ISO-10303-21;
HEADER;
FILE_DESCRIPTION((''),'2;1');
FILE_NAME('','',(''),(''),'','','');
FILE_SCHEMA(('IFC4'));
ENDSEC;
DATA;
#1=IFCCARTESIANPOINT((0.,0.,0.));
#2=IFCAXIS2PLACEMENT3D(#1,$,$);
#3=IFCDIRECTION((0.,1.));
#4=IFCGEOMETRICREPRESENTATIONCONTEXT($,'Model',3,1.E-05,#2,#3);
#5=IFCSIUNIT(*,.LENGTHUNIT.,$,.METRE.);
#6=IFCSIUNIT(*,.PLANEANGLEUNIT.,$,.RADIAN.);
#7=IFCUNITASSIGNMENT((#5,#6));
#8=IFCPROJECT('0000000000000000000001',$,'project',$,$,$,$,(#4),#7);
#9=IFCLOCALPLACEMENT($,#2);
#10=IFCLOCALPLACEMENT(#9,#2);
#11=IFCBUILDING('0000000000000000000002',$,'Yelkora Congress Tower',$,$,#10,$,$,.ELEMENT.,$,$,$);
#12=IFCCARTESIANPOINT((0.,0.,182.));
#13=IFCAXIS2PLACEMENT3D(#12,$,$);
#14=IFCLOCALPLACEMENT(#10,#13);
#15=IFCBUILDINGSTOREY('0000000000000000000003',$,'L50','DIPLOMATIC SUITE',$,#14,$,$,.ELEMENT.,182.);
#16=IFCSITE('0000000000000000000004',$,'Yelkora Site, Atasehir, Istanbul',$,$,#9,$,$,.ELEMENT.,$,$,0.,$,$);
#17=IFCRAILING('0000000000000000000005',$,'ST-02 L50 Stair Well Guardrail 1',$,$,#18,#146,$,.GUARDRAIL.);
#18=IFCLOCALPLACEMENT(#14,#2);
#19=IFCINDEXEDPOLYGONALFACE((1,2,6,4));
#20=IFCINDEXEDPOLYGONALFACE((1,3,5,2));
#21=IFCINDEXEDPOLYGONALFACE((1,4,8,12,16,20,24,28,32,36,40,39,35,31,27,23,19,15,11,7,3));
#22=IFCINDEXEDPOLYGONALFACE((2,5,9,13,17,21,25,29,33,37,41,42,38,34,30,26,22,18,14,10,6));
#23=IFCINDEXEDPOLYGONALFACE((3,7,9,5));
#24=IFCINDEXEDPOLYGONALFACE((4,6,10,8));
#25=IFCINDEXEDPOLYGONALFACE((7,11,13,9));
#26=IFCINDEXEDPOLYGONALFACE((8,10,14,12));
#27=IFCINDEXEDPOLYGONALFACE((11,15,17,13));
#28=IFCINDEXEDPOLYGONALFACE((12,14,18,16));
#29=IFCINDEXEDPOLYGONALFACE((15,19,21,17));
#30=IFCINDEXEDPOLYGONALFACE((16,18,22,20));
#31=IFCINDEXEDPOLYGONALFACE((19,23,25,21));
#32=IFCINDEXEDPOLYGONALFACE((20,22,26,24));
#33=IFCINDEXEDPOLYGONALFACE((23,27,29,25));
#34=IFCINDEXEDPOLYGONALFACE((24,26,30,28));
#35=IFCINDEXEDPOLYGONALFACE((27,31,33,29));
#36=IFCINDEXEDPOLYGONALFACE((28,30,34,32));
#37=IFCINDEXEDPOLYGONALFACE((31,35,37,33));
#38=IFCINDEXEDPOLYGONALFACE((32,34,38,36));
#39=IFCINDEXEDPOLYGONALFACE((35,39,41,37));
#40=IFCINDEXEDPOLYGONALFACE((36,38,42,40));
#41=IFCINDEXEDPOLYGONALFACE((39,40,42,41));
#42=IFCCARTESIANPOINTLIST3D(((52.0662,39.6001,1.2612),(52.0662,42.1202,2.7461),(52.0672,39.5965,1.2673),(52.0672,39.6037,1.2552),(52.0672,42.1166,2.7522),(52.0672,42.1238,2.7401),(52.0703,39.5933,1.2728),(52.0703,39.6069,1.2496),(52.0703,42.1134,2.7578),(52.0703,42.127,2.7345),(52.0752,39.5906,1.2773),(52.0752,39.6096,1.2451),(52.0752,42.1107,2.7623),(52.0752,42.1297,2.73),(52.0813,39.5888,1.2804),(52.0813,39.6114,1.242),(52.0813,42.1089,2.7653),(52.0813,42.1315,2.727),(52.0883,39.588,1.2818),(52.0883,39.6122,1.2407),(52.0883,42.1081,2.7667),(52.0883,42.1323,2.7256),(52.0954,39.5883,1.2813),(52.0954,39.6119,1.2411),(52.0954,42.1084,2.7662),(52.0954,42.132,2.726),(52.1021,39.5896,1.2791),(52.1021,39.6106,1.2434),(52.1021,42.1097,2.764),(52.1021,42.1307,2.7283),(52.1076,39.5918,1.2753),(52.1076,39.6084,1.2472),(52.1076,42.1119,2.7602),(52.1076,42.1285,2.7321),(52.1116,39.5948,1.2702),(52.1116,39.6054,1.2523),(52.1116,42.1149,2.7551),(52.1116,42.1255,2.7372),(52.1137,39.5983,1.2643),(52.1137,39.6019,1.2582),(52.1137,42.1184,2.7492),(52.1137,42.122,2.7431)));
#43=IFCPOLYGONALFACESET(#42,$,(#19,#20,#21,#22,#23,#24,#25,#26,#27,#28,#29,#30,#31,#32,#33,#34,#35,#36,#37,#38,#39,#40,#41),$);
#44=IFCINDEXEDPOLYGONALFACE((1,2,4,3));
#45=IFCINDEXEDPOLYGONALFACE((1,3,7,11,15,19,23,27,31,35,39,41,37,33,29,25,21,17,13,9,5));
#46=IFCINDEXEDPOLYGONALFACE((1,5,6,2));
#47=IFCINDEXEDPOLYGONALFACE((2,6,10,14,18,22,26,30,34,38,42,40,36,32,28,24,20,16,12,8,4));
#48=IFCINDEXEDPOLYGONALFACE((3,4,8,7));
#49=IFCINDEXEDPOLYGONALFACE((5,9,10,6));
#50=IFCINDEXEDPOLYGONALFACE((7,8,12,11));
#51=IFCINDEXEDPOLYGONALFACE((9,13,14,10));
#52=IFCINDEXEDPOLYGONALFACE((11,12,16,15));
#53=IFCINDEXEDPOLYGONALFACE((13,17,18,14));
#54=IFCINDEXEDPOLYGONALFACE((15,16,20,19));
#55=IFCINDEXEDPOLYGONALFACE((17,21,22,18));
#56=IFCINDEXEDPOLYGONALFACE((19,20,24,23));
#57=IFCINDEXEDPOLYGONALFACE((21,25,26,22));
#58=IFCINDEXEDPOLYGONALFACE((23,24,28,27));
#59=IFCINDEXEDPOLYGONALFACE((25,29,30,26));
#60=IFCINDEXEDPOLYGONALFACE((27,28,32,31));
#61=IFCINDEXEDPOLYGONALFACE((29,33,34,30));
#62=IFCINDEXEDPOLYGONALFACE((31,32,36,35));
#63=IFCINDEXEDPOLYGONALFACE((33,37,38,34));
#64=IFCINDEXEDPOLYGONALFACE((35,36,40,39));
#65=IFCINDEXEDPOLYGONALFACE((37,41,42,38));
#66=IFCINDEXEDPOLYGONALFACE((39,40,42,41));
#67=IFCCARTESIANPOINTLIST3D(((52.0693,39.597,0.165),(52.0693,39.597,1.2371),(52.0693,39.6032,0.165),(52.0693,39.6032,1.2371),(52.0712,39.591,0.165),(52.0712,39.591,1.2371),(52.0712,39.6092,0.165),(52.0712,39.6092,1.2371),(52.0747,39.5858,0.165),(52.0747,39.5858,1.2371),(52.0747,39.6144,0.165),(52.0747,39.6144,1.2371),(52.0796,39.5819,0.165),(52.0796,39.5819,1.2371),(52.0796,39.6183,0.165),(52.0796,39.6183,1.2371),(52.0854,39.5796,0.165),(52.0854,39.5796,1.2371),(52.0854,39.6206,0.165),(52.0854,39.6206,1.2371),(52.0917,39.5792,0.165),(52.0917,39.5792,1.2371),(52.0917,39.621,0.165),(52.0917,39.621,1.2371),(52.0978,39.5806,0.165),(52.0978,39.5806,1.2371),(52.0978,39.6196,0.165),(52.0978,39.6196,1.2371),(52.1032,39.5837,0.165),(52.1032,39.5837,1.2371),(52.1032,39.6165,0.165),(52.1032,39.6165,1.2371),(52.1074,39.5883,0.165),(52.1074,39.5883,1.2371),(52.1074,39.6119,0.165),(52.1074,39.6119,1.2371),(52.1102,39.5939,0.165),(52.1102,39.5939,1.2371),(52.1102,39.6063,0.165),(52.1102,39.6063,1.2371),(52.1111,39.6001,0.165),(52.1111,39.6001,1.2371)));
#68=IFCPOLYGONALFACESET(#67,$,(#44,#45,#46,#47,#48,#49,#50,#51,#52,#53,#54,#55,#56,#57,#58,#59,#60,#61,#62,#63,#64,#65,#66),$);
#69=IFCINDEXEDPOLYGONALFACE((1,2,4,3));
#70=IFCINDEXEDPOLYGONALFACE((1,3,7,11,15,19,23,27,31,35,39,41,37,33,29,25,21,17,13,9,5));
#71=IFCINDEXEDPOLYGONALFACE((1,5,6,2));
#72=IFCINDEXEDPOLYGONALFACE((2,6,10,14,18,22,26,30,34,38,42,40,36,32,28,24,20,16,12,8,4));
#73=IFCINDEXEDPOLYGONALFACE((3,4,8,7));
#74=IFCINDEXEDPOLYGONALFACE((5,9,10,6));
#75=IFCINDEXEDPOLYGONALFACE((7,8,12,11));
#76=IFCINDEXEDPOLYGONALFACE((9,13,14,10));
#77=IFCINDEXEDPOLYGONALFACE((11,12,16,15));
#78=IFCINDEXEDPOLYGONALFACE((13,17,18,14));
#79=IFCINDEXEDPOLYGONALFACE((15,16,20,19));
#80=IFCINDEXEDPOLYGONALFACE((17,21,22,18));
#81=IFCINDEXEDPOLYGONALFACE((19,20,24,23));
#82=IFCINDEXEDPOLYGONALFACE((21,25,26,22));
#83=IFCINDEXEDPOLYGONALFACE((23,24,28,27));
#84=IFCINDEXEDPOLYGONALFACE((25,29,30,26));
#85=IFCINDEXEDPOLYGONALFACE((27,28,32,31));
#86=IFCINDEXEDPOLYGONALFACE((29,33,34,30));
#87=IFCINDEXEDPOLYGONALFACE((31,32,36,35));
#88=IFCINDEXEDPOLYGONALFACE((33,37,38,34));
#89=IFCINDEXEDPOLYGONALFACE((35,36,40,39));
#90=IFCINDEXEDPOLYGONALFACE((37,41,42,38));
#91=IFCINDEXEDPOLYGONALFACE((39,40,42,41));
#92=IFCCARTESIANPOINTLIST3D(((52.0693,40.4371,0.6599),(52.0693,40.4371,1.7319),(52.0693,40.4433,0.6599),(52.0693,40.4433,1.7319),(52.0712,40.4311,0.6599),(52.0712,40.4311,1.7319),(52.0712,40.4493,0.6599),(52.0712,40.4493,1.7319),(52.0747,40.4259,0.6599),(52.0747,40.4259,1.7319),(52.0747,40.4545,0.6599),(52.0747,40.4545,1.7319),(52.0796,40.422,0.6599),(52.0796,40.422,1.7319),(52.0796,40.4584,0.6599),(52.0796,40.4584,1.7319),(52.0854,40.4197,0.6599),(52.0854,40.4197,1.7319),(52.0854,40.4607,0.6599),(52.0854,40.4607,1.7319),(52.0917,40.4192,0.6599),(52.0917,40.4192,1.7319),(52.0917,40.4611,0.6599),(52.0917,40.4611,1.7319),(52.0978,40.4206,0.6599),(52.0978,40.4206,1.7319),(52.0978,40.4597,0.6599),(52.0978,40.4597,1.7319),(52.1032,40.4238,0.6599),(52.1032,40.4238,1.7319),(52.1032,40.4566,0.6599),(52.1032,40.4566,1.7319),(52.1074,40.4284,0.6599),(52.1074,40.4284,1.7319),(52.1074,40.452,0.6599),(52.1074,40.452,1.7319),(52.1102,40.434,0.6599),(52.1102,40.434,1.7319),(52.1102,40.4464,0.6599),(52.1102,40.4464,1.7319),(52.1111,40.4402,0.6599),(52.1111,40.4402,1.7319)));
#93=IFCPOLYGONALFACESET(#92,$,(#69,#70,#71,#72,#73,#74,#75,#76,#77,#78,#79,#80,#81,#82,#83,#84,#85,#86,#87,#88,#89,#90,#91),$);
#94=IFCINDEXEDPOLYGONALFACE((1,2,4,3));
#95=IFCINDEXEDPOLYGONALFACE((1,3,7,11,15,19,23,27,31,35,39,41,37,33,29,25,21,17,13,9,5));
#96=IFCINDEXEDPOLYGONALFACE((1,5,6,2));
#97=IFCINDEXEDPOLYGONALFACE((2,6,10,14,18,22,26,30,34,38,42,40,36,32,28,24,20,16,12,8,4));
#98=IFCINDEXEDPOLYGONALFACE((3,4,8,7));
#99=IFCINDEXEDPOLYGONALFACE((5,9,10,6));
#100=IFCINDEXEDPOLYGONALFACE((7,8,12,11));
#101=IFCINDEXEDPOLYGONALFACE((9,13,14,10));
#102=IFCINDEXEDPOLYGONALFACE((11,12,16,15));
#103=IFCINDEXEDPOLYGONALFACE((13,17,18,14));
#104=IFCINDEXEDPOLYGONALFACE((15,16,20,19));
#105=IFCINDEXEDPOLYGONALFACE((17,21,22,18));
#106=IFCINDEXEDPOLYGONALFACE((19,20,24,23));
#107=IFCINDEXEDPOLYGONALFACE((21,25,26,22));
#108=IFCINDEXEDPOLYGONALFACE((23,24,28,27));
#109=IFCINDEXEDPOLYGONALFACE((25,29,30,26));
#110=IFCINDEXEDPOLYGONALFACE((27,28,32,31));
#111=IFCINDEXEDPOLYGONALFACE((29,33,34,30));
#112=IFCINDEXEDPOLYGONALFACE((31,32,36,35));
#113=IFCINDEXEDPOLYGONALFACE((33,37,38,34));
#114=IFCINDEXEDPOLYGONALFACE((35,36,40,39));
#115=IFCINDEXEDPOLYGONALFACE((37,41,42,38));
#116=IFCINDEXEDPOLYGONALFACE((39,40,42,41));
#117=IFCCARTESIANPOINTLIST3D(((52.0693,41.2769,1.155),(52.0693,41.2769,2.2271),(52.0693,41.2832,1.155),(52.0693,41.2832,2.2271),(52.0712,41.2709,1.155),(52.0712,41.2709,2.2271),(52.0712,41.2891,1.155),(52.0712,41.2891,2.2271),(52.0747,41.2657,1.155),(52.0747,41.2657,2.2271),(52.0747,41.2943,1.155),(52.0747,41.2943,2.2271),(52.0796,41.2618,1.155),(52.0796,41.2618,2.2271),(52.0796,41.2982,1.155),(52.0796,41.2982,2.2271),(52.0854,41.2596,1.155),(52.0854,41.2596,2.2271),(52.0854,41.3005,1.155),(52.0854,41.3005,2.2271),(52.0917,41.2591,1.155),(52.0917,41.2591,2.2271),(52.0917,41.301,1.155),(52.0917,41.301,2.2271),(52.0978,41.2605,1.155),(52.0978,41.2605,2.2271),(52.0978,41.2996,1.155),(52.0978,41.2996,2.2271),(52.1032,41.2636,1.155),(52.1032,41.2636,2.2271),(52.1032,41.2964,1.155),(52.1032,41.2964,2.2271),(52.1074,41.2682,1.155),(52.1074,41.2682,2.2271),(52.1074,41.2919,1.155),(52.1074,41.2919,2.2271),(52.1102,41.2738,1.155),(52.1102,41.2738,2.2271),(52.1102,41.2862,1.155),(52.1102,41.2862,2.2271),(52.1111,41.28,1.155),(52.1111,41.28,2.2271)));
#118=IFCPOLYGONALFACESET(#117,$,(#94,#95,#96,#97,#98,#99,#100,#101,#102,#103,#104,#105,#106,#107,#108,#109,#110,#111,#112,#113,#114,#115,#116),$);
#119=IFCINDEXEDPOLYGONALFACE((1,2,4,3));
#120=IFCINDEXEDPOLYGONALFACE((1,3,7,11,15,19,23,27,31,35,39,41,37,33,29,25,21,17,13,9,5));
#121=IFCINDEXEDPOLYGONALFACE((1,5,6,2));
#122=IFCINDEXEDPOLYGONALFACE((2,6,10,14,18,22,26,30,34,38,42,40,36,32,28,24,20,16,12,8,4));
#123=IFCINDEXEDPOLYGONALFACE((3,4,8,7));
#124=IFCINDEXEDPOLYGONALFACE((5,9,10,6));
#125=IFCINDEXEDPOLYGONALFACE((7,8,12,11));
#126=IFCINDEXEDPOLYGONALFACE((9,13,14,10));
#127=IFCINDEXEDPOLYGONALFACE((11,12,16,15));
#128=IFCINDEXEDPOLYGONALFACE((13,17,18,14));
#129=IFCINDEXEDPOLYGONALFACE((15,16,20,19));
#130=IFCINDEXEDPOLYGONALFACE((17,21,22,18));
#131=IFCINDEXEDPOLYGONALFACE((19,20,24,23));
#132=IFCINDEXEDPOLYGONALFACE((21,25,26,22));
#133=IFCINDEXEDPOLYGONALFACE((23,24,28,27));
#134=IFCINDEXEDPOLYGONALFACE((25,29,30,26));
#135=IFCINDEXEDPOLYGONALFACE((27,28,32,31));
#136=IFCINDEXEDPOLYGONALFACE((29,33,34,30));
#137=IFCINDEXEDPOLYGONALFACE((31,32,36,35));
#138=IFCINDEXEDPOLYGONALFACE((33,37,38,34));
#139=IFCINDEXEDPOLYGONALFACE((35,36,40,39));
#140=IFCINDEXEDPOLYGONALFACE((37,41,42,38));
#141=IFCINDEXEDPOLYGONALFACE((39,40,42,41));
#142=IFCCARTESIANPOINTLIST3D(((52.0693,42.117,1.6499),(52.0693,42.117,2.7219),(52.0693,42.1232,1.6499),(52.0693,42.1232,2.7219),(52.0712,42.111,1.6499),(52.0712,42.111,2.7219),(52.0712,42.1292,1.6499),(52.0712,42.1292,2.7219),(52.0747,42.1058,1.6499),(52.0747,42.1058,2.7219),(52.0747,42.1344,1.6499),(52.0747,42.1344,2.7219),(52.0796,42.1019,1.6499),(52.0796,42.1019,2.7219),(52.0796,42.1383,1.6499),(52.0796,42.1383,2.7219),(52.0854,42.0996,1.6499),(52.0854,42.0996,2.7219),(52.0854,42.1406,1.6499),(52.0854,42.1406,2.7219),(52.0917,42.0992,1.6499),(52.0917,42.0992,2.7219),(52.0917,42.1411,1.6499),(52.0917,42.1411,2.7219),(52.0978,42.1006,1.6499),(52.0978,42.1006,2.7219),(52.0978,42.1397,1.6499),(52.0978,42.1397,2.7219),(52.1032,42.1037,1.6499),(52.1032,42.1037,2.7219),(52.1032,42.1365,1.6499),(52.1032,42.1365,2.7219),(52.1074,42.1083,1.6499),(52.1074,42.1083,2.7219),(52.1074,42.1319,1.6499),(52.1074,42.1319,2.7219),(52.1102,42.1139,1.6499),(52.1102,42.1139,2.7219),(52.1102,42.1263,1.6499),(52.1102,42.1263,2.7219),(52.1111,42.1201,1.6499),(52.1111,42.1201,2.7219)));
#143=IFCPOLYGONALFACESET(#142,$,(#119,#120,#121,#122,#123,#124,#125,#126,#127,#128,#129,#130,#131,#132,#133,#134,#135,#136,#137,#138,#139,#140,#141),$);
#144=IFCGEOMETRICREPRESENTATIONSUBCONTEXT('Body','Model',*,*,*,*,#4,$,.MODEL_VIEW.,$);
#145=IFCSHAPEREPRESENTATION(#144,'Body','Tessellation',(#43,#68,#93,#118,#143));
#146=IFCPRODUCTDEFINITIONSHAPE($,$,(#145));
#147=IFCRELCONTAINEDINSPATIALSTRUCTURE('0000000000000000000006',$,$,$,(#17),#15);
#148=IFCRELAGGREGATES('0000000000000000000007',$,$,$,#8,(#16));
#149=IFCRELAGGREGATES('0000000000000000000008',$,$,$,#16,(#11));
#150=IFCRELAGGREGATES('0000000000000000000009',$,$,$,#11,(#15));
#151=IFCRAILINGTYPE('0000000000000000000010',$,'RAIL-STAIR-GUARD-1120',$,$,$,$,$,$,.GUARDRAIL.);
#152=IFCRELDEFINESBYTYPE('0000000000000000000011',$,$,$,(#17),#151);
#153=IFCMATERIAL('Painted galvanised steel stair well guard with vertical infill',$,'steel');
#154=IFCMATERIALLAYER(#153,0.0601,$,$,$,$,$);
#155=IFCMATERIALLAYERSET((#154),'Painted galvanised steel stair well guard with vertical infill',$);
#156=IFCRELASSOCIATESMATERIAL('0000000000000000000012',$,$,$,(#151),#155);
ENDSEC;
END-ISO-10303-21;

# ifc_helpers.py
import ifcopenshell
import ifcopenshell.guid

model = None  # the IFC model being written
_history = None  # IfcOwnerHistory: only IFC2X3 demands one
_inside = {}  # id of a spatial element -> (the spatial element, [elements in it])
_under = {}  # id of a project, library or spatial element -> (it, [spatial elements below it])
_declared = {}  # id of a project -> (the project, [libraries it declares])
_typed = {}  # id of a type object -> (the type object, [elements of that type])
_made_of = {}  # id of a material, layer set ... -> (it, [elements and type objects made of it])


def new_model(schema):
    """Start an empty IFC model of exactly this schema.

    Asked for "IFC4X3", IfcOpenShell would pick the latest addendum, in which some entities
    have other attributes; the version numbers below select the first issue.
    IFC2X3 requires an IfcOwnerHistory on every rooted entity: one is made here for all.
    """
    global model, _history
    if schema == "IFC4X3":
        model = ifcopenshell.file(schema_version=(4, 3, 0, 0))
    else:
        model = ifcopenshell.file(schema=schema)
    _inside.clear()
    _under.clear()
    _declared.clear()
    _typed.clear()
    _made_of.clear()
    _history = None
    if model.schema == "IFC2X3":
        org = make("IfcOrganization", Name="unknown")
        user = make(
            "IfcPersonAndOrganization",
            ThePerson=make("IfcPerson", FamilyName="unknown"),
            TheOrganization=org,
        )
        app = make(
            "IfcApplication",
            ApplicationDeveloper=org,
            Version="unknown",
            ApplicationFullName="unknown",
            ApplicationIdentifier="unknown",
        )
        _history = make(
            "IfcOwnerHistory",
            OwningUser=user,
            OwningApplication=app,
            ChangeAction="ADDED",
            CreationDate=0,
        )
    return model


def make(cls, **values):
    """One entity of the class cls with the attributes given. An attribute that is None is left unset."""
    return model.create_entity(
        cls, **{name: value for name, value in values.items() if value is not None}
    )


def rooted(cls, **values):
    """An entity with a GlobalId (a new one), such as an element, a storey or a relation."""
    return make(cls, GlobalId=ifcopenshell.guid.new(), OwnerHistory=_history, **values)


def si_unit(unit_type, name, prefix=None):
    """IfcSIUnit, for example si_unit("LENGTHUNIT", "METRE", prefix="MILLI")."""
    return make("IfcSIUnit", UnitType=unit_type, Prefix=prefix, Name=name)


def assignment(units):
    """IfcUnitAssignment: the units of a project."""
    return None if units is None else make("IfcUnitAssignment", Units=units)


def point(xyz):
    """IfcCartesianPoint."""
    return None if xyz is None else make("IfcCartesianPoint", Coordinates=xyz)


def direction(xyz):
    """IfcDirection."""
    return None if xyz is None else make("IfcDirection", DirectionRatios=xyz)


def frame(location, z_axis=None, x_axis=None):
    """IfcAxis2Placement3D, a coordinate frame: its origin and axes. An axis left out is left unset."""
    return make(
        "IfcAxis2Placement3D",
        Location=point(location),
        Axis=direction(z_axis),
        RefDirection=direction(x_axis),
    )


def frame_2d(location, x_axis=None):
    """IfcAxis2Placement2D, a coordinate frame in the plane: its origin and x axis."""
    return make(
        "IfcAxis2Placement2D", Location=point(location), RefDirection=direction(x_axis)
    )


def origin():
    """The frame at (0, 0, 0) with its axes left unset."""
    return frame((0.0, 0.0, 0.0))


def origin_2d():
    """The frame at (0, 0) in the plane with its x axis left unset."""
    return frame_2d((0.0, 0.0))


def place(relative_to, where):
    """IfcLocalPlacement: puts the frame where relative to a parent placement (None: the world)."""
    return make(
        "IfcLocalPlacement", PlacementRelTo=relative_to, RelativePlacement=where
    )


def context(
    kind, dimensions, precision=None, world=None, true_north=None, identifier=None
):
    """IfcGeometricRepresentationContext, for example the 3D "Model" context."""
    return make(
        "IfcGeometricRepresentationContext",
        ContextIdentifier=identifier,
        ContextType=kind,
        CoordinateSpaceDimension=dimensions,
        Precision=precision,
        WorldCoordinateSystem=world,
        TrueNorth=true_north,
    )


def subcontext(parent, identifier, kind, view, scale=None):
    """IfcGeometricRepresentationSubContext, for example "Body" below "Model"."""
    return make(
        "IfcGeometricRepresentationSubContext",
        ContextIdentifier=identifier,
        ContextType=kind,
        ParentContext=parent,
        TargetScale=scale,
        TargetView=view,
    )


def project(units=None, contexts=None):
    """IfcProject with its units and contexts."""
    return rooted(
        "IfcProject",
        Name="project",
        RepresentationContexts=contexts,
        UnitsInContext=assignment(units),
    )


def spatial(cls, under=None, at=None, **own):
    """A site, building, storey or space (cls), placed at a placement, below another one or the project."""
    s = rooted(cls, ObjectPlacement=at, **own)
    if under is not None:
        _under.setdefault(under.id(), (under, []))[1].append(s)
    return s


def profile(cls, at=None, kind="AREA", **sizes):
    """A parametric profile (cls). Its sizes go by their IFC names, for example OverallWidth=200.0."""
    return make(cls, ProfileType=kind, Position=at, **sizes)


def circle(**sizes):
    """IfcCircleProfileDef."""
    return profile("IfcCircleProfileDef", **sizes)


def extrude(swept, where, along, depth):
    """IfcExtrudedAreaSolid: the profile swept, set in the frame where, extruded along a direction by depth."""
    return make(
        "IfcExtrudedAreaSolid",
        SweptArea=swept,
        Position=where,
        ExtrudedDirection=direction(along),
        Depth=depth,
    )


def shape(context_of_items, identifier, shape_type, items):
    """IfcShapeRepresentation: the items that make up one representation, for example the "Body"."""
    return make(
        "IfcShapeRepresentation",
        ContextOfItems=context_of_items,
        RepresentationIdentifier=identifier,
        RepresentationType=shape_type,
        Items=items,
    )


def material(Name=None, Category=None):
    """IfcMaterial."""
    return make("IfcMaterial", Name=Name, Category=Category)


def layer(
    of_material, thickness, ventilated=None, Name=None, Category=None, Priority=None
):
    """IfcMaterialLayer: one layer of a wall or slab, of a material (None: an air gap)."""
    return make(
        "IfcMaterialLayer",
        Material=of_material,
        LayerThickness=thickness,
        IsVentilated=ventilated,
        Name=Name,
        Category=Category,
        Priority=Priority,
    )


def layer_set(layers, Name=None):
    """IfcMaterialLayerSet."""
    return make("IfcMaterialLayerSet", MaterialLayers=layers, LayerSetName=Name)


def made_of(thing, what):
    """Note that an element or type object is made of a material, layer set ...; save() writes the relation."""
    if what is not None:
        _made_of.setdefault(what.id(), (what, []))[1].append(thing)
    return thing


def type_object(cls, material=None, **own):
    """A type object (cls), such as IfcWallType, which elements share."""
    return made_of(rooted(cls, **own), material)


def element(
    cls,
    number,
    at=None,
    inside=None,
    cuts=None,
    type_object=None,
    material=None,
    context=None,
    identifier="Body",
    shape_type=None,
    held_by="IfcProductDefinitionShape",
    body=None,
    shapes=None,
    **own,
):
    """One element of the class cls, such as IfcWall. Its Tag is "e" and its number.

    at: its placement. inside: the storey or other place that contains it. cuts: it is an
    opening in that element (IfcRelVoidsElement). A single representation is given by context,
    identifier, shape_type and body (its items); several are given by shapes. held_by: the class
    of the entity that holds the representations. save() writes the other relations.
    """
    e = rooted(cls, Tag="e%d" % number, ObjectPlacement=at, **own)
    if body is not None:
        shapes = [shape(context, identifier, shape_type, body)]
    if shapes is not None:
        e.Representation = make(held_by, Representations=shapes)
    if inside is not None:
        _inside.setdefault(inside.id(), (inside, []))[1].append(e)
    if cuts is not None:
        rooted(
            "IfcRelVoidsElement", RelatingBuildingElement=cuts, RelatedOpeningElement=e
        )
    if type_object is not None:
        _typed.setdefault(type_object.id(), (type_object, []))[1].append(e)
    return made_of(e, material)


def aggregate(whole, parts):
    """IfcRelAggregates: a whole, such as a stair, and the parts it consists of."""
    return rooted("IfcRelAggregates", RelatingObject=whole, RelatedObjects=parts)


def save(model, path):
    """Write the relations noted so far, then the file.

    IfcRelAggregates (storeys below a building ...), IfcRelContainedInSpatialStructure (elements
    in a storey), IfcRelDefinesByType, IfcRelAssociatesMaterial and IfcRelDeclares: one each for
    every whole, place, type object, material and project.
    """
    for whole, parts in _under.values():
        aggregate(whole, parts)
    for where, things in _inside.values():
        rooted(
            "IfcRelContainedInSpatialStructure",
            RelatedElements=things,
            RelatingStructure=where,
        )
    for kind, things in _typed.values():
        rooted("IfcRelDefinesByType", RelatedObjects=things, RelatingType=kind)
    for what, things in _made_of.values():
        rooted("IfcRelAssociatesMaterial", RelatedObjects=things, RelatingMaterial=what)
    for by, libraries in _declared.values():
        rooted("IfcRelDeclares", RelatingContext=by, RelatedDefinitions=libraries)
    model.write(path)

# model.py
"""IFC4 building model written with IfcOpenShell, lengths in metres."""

from ifc_helpers import new_model, si_unit, direction, frame, origin, origin_2d, place, context, subcontext, project, spatial, circle, extrude, material, layer, layer_set, type_object, element, save


model = new_model("IFC4")

# Units and contexts
model_context = context("Model", 3, precision=1e-05, world=origin(), true_north=direction((0.0, 1.0)))
body_context = subcontext(model_context, "Body", "Model", "MODEL_VIEW")
ifc_project = project(units=[si_unit("LENGTHUNIT", "METRE"), si_unit("PLANEANGLEUNIT", "RADIAN")], contexts=[model_context])

# Site, building, storey
site_placement = place(None, origin())
site = spatial("IfcSite", under=ifc_project, at=site_placement, Name="Yelkora Site, Atasehir, Istanbul", CompositionType="ELEMENT", RefElevation=0.0)
building_placement = place(site_placement, origin())
building = spatial("IfcBuilding", under=site, at=building_placement, Name="Yelkora Congress Tower", CompositionType="ELEMENT")
storey_placement = place(building_placement, frame((0.0, 0.0, 182.0)))
storey = spatial("IfcBuildingStorey", under=building, at=storey_placement, Name="L50", Description="DIPLOMATIC SUITE", CompositionType="ELEMENT", Elevation=182.0)

# Railing
ifc_material_1 = material(Name="Painted galvanised steel stair well guard with vertical infill", Category="steel")
ifc_layer_1 = layer(ifc_material_1, 0.0601)
ifc_layer_set_1 = layer_set([ifc_layer_1], Name="Painted galvanised steel stair well guard with vertical infill")
railing_type_1 = type_object("IfcRailingType", Name="RAIL-STAIR-GUARD-1120", PredefinedType="GUARDRAIL", material=ifc_layer_set_1)
railing_1_placement = place(storey_placement, frame((52.0901, 39.6001, 0.165)))
element("IfcRailing", 1, at=railing_1_placement, inside=storey, type_object=railing_type_1, Name="ST-02 L50 Stair Well Guardrail 1", PredefinedType="GUARDRAIL", context=body_context, shape_type="SweptSolid", body=[
    extrude(circle(Radius=0.0239, at=origin_2d()), frame((0.0, 0.0, 1.0962), z_axis=(0.0, 0.861561, 0.507655), x_axis=(-1.0, 0.0, 0.0)), (0.0, 0.0, 1.0), 2.925),
    extrude(circle(Radius=0.021, at=origin_2d()), origin(), (0.0, 0.0, 1.0), 1.072),
    extrude(circle(Radius=0.021, at=origin_2d()), frame((0.0, 0.8401, 0.4949)), (0.0, 0.0, 1.0), 1.072),
    extrude(circle(Radius=0.021, at=origin_2d()), frame((0.0, 1.6799, 0.99)), (0.0, 0.0, 1.0), 1.072),
    extrude(circle(Radius=0.021, at=origin_2d()), frame((0.0, 2.52, 1.4849)), (0.0, 0.0, 1.0), 1.072),
])

save(model, "model.ifc")
